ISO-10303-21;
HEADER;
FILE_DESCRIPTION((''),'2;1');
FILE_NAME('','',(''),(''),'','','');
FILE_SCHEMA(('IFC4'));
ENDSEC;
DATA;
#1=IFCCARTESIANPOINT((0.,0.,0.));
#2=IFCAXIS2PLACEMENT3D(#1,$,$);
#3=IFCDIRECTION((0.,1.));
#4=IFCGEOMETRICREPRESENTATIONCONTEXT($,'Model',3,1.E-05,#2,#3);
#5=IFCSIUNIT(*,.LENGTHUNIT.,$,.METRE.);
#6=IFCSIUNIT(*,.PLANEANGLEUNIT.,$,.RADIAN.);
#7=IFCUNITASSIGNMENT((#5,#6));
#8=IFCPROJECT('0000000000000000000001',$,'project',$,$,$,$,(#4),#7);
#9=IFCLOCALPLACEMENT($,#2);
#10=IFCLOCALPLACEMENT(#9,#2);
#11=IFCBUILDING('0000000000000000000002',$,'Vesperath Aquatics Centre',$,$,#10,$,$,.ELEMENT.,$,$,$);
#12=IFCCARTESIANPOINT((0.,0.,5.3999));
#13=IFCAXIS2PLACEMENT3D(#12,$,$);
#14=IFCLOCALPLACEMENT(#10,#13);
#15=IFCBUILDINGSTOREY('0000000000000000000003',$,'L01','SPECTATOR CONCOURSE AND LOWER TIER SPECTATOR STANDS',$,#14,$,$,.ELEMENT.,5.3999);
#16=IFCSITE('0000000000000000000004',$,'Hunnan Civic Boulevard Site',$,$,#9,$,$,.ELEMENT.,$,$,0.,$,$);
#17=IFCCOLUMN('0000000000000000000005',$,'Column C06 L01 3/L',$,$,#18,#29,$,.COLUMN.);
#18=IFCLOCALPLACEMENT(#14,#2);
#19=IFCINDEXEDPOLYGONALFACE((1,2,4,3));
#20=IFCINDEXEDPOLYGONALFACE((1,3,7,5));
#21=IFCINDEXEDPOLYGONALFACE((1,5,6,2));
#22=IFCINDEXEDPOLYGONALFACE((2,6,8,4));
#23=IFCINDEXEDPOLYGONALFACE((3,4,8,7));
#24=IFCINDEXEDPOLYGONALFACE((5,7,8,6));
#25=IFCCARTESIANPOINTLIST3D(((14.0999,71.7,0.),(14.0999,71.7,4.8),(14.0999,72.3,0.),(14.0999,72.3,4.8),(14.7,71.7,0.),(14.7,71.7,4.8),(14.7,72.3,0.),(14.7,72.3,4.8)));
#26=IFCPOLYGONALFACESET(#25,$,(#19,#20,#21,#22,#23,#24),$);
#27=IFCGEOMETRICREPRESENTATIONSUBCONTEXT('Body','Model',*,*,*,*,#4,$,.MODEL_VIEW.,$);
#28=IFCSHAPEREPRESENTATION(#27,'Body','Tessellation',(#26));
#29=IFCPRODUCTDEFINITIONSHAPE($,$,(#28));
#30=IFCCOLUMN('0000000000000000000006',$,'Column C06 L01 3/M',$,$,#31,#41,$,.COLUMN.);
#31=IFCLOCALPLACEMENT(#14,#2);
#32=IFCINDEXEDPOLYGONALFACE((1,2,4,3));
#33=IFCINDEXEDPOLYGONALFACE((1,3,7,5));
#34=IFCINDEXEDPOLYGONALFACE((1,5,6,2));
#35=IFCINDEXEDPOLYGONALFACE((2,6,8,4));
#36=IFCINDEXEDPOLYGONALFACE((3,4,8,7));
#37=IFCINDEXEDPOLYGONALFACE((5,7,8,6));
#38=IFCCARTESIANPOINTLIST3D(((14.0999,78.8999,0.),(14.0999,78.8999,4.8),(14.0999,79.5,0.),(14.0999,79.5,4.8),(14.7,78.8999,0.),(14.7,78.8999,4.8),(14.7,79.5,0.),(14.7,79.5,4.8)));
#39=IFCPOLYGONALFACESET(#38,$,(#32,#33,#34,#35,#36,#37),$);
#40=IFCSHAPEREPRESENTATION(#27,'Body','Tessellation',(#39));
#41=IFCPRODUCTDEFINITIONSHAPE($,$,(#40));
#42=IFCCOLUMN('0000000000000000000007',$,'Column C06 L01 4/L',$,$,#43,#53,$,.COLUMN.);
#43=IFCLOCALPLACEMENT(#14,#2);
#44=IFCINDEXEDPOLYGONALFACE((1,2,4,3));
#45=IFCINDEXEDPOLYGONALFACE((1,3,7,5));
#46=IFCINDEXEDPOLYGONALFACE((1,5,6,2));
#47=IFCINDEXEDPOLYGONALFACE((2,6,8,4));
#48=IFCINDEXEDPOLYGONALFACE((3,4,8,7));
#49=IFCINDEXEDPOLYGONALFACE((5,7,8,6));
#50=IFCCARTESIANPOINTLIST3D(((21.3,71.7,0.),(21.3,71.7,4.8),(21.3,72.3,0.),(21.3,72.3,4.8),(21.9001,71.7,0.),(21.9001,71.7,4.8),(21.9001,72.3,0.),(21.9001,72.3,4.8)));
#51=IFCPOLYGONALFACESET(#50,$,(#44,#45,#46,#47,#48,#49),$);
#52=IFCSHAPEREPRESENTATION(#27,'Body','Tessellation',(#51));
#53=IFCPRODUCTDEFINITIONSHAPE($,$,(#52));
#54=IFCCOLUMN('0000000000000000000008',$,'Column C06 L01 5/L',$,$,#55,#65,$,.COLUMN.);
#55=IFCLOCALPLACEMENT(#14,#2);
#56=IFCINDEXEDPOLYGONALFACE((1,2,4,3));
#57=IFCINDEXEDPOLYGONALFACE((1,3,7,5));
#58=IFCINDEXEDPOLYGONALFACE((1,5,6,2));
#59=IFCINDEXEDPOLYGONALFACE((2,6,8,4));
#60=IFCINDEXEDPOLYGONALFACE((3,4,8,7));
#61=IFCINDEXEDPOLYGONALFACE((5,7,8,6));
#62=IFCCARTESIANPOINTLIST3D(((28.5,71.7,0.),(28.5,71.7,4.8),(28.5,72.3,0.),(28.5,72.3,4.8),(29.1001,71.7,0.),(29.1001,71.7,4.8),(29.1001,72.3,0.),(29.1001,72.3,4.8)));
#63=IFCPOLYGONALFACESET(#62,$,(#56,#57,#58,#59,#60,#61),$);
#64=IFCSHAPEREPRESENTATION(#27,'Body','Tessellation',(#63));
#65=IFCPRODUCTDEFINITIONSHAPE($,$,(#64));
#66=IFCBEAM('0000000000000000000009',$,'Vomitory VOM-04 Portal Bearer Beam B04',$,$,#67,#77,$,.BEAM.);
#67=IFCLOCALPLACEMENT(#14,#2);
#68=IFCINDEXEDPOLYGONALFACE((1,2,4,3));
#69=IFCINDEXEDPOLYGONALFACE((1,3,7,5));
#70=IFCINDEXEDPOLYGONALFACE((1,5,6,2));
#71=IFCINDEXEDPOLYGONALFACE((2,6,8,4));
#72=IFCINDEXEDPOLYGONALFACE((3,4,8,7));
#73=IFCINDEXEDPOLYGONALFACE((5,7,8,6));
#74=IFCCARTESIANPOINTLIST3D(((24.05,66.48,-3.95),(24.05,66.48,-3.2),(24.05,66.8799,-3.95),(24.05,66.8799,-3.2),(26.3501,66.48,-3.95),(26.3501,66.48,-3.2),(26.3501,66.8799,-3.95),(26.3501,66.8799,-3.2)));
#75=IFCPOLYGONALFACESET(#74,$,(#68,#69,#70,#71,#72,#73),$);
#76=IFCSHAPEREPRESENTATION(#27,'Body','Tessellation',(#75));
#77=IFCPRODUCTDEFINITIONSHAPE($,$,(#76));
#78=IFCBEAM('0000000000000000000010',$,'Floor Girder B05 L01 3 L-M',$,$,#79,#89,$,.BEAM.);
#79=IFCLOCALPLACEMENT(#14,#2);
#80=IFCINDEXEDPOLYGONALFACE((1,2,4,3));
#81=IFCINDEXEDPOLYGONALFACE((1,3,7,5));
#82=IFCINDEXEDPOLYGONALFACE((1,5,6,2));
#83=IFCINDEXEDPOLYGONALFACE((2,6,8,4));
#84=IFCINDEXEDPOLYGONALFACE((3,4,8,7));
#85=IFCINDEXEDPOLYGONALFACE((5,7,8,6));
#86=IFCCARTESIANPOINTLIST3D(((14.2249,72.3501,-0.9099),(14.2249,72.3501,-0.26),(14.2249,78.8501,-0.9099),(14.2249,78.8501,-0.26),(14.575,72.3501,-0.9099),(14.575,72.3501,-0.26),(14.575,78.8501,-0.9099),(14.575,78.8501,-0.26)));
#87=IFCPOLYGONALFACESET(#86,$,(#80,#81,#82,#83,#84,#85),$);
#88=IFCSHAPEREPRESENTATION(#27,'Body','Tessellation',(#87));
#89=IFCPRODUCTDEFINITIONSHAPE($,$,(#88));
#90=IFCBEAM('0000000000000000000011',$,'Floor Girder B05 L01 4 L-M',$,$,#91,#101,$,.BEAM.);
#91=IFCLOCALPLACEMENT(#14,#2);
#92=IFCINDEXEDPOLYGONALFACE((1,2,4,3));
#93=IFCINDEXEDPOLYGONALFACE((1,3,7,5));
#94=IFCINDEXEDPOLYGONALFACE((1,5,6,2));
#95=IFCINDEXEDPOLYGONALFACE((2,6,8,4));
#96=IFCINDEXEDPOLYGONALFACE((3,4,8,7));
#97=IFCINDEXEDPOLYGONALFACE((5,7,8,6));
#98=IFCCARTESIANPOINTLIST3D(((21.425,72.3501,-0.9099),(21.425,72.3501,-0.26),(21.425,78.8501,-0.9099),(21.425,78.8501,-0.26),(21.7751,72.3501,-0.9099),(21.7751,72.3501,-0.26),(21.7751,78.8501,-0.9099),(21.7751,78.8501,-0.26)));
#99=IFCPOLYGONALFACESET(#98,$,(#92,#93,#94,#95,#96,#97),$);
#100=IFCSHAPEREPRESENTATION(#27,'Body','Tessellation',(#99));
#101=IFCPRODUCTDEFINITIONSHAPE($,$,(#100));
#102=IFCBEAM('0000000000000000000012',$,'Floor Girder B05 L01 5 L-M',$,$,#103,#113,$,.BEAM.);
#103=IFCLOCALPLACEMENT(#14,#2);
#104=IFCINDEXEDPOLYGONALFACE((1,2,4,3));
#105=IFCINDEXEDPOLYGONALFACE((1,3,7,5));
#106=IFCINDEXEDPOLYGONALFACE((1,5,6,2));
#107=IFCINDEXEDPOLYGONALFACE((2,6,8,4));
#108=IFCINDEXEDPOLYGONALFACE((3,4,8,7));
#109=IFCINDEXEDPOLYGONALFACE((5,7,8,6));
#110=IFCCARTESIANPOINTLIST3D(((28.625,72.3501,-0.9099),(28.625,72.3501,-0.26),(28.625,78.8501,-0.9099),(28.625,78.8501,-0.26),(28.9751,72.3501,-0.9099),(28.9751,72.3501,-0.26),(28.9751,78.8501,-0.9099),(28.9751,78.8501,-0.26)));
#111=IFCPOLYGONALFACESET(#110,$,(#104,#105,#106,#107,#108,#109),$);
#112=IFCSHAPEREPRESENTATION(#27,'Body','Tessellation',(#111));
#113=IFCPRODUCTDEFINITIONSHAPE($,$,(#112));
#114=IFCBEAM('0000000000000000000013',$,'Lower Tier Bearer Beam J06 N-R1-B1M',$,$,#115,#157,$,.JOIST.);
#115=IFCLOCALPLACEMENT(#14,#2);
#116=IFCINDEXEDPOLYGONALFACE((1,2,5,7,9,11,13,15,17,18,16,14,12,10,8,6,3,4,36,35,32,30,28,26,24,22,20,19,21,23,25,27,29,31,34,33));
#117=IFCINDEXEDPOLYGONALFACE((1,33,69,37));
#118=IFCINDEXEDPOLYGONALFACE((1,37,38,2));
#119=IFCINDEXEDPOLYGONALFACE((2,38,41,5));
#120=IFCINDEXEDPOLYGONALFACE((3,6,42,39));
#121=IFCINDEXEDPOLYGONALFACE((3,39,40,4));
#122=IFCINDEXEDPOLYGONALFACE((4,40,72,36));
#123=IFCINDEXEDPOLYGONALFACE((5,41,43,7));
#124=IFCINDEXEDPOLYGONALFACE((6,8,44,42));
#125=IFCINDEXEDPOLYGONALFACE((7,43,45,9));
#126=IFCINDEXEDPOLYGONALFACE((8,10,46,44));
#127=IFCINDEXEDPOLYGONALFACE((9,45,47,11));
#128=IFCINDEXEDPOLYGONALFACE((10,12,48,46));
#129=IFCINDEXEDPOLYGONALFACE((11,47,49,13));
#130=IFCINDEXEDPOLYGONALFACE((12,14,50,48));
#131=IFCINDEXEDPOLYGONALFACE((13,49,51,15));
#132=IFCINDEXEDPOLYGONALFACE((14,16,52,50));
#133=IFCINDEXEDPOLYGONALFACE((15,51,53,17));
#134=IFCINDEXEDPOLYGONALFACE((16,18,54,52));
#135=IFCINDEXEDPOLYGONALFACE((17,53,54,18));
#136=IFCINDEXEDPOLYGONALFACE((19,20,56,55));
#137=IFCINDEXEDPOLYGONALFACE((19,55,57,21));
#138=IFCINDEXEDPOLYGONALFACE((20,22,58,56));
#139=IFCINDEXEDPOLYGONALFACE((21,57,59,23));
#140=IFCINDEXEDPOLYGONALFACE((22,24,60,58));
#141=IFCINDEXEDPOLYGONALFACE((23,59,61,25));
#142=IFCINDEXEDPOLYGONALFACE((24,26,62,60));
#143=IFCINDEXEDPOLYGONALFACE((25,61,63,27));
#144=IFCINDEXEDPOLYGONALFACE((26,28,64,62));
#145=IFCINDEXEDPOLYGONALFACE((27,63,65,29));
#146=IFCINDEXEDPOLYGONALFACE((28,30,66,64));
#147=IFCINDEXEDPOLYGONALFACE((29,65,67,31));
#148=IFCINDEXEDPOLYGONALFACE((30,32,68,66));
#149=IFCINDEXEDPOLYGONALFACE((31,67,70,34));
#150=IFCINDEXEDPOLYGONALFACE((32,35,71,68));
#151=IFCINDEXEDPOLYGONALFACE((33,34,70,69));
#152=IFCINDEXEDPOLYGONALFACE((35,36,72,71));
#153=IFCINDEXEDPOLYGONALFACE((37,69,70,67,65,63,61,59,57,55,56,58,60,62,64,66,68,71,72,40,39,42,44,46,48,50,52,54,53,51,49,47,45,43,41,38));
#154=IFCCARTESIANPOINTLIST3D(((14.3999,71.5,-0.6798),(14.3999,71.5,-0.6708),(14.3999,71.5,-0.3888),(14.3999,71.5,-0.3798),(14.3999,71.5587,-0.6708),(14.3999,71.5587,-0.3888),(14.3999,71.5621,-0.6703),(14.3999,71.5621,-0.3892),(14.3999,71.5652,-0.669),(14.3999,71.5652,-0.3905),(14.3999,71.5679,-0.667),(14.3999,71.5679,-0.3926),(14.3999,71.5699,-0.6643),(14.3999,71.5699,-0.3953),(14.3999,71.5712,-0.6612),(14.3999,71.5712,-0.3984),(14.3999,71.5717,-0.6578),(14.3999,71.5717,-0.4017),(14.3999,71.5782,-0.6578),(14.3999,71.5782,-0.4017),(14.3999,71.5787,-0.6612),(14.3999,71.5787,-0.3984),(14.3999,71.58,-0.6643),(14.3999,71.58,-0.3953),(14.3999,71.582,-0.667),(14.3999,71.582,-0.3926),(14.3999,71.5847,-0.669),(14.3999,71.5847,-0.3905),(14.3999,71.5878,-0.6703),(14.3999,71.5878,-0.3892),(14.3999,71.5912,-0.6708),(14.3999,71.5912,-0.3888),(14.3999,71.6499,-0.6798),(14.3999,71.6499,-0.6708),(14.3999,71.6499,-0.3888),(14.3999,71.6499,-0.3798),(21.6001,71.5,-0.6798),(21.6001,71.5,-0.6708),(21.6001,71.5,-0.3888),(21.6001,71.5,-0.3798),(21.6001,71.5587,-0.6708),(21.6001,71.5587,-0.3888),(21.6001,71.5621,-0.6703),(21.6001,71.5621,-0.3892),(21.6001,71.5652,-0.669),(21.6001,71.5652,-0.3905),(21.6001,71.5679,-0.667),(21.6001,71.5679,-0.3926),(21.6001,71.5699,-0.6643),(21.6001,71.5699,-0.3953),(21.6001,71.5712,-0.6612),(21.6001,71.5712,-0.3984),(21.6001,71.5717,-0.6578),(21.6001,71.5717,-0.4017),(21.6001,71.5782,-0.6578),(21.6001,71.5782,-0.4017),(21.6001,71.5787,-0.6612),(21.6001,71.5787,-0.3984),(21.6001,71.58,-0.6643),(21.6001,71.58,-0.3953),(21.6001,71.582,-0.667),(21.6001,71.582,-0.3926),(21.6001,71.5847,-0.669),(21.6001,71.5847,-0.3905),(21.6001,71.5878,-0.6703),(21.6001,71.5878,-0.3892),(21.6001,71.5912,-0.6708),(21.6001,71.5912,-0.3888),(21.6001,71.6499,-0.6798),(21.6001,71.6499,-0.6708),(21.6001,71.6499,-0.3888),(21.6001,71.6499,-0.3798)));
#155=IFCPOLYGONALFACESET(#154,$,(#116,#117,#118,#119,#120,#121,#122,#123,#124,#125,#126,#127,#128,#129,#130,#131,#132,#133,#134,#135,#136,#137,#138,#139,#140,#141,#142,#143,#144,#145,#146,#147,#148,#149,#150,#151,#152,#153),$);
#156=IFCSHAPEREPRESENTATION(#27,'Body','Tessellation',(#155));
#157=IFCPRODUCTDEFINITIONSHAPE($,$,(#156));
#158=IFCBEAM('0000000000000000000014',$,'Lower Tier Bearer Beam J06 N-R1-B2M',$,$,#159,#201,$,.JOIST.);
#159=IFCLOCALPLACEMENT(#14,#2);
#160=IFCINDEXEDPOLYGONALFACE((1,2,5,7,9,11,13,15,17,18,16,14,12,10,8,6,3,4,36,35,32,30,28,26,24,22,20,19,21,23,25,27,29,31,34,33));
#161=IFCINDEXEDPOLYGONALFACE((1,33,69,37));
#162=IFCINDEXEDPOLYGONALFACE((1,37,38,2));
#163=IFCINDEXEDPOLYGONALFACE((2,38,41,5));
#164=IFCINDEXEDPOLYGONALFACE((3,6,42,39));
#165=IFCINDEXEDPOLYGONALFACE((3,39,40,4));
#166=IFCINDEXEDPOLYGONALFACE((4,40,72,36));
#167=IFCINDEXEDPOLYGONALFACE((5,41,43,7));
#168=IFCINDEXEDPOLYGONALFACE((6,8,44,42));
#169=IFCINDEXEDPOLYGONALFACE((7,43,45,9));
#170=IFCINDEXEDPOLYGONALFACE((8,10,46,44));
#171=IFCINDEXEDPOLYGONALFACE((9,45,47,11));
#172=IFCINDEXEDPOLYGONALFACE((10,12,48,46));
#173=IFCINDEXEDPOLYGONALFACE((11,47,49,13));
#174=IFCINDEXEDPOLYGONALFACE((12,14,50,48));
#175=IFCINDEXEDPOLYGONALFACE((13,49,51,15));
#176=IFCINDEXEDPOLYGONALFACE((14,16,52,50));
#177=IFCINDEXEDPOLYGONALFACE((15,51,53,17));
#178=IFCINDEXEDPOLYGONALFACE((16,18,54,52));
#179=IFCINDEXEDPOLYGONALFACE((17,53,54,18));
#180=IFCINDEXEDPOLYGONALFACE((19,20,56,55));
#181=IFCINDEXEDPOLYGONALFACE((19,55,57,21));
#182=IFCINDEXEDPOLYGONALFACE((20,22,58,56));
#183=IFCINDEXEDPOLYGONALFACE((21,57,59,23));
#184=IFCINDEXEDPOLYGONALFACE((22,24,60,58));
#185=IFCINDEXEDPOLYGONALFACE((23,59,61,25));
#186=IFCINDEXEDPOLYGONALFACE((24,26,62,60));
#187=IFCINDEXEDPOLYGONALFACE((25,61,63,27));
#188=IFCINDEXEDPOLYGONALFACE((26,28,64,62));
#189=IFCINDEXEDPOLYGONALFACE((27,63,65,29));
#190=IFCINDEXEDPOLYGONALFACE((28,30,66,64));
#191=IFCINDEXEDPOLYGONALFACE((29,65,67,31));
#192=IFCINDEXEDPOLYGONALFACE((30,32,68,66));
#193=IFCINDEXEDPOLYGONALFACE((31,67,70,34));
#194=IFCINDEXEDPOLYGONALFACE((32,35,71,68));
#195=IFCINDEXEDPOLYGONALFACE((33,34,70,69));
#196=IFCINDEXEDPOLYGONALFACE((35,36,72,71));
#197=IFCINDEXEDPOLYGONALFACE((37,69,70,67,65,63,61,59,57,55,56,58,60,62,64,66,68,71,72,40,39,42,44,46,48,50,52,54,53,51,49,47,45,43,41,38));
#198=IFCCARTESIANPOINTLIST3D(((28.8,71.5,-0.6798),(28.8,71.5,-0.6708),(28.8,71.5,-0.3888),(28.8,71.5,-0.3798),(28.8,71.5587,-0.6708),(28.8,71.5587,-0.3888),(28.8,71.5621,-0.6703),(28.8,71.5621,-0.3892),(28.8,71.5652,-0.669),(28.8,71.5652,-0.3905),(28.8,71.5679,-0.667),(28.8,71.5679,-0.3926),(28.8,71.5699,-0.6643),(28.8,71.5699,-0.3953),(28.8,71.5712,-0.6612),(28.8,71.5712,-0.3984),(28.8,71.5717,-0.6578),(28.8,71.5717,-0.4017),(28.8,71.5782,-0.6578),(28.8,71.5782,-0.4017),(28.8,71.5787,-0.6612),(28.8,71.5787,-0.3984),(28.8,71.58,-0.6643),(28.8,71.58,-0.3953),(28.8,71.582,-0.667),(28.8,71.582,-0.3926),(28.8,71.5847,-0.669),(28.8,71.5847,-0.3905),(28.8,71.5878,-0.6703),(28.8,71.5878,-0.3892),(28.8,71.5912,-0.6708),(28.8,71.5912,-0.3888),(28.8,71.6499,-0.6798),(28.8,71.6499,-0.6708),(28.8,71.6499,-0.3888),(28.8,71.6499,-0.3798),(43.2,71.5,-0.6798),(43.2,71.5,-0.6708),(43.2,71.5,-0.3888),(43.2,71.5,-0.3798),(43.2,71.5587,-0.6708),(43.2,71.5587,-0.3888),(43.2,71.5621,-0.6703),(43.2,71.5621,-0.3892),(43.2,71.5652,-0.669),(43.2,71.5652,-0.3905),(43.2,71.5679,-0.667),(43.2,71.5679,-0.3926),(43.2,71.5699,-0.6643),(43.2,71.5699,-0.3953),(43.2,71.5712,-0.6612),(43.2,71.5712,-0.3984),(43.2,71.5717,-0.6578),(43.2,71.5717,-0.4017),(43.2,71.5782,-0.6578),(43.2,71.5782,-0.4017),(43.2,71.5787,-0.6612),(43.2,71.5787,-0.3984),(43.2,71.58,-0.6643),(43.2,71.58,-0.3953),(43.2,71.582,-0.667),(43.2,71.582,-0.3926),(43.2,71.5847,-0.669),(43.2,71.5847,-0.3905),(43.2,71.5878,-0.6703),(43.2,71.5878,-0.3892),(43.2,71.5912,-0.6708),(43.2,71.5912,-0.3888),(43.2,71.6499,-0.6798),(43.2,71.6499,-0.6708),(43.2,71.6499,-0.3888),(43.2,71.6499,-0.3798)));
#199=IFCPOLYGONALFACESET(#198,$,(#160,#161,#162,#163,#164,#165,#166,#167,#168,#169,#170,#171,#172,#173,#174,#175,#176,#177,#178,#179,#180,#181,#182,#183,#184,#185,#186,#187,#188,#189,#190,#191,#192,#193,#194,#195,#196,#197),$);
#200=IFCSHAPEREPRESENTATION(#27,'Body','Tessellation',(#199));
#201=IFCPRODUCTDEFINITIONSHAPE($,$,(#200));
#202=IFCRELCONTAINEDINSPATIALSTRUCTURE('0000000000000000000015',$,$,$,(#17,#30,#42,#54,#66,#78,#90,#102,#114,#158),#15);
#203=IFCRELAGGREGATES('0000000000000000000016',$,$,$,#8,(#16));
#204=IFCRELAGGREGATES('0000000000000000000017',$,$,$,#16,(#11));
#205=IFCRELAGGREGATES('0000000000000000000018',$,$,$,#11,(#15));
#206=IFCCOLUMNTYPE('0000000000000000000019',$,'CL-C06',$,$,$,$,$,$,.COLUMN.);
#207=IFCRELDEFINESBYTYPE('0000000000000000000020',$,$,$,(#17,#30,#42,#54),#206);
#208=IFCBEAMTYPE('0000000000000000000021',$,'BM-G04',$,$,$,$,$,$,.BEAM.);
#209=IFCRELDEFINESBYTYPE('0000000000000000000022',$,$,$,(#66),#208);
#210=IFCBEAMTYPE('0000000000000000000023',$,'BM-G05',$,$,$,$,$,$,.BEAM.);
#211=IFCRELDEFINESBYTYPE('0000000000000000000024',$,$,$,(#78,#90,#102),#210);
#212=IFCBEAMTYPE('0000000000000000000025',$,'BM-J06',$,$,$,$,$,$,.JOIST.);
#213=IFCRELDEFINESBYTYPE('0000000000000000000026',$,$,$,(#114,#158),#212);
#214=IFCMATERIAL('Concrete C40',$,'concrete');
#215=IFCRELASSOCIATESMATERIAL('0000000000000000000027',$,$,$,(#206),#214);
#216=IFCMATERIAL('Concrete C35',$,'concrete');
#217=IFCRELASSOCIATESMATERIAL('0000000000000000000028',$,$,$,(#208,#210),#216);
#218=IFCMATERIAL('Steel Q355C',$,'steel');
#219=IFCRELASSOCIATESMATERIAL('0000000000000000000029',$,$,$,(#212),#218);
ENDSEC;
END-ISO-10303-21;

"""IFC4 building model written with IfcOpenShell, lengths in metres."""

from ifc_helpers import new_model, si_unit, direction, frame, origin, origin_2d, place, context, subcontext, project, spatial, rectangle, i_section, extrude, material, material_profile, profile_set, type_object, element, save


model = new_model("IFC4")

# Units and contexts
model_context = context("Model", 3, precision=1e-05, world=origin(), true_north=direction((0.0, 1.0)))
body_context = subcontext(model_context, "Body", "Model", "MODEL_VIEW")
ifc_project = project(units=[si_unit("LENGTHUNIT", "METRE"), si_unit("PLANEANGLEUNIT", "RADIAN")], contexts=[model_context])

# Site, building, storey
site_placement = place(None, origin())
site = spatial("IfcSite", under=ifc_project, at=site_placement, Name="Hunnan Civic Boulevard Site", CompositionType="ELEMENT", RefElevation=0.0)
building_placement = place(site_placement, origin())
building = spatial("IfcBuilding", under=site, at=building_placement, Name="Vesperath Aquatics Centre", CompositionType="ELEMENT")
storey_placement = place(building_placement, frame((0.0, 0.0, 5.3999)))
storey = spatial("IfcBuildingStorey", under=building, at=storey_placement, Name="L01", Description="SPECTATOR CONCOURSE AND LOWER TIER SPECTATOR STANDS", CompositionType="ELEMENT", Elevation=5.3999)

# Columns
ifc_material_1 = material(Name="Concrete C40", Category="concrete")
ifc_material_profile_1 = material_profile(ifc_material_1, rectangle(XDim=0.6001, YDim=0.6001, at=origin_2d()), Name="RC 600x600")
ifc_profile_set_1 = profile_set([ifc_material_profile_1], Name="Concrete C40")
column_type = type_object("IfcColumnType", Name="CL-C06", PredefinedType="COLUMN", material=ifc_profile_set_1)
for number, where, z_axis, x_axis, name in (
    (1, (14.3999, 72.0, 0.0), (0.0, 0.0, 1.0), (1.0, 0.0, 0.0), "Column C06 L01 3/L"),
    (2, (14.3999, 79.2, 0.0), (0.0, 0.0, 1.0), (1.0, 0.0, 0.0), "Column C06 L01 3/M"),
    (3, (21.6001, 72.0, 0.0), (0.0, 0.0, 1.0), (1.0, 0.0, 0.0), "Column C06 L01 4/L"),
    (4, (28.8, 72.0, 0.0), (0.0, 0.0, 1.0), (1.0, 0.0, 0.0), "Column C06 L01 5/L"),
):
    element("IfcColumn", number, at=place(storey_placement, frame(where, z_axis=z_axis, x_axis=x_axis)), inside=storey, type_object=column_type, Name=name, PredefinedType="COLUMN", context=body_context, shape_type="SweptSolid", body=[
        extrude(rectangle(XDim=0.6001, YDim=0.6001, at=origin_2d()), origin(), (0.0, 0.0, 1.0), 4.8),
    ])

# Beams
ifc_material_2 = material(Name="Concrete C35", Category="concrete")
ifc_material_profile_2 = material_profile(ifc_material_2, rectangle(XDim=0.3999, YDim=0.75, at=origin_2d()), Name="RC 400x750")
ifc_profile_set_2 = profile_set([ifc_material_profile_2], Name="Concrete C35")
beam_type_1 = type_object("IfcBeamType", Name="BM-G04", PredefinedType="BEAM", material=ifc_profile_set_2)
beam_1_placement = place(storey_placement, frame((24.05, 66.6799, -3.575), z_axis=(1.0, 0.0, 0.0), x_axis=(0.0, 1.0, 0.0)))
element("IfcBeam", 5, at=beam_1_placement, inside=storey, type_object=beam_type_1, Name="Vomitory VOM-04 Portal Bearer Beam B04", PredefinedType="BEAM", context=body_context, shape_type="SweptSolid", body=[
    extrude(rectangle(XDim=0.3999, YDim=0.75, at=origin_2d()), origin(), (0.0, 0.0, 1.0), 2.3),
])
ifc_material_profile_3 = material_profile(ifc_material_2, rectangle(XDim=0.3501, YDim=0.6499, at=origin_2d()), Name="RC 350x650")
ifc_profile_set_3 = profile_set([ifc_material_profile_3], Name="Concrete C35")
beam_type_2 = type_object("IfcBeamType", Name="BM-G05", PredefinedType="BEAM", material=ifc_profile_set_3)
for number, where, z_axis, x_axis, name in (
    (6, (14.3999, 72.3501, -0.585), (0.0, 1.0, 0.0), (-1.0, 0.0, 0.0), "Floor Girder B05 L01 3 L-M"),
    (7, (21.6001, 72.3501, -0.585), (0.0, 1.0, 0.0), (-1.0, 0.0, 0.0), "Floor Girder B05 L01 4 L-M"),
    (8, (28.8, 72.3501, -0.585), (0.0, 1.0, 0.0), (-1.0, 0.0, 0.0), "Floor Girder B05 L01 5 L-M"),
):
    element("IfcBeam", number, at=place(storey_placement, frame(where, z_axis=z_axis, x_axis=x_axis)), inside=storey, type_object=beam_type_2, Name=name, PredefinedType="BEAM", context=body_context, shape_type="SweptSolid", body=[
        extrude(rectangle(XDim=0.3501, YDim=0.6499, at=origin_2d()), origin(), (0.0, 0.0, 1.0), 6.5),
    ])
ifc_material_3 = material(Name="Steel Q355C", Category="steel")
ifc_material_profile_4 = material_profile(ifc_material_3, i_section(OverallWidth=0.1499, OverallDepth=0.3, WebThickness=0.0066, FlangeThickness=0.009, FilletRadius=0.0129, at=origin_2d()), Name="HN 300x150x6.5x9")
ifc_profile_set_4 = profile_set([ifc_material_profile_4], Name="Steel Q355C")
beam_type_3 = type_object("IfcBeamType", Name="BM-J06", PredefinedType="JOIST", material=ifc_profile_set_4)
beam_2_placement = place(storey_placement, frame((14.3999, 71.575, -0.5298), z_axis=(1.0, 0.0, 0.0), x_axis=(0.0, 1.0, 0.0)))
element("IfcBeam", 9, at=beam_2_placement, inside=storey, type_object=beam_type_3, Name="Lower Tier Bearer Beam J06 N-R1-B1M", PredefinedType="JOIST", context=body_context, shape_type="SweptSolid", body=[
    extrude(i_section(OverallWidth=0.1499, OverallDepth=0.3, WebThickness=0.0066, FlangeThickness=0.009, FilletRadius=0.0129, at=origin_2d()), origin(), (0.0, 0.0, 1.0), 7.2002),
])
beam_3_placement = place(storey_placement, frame((28.8, 71.575, -0.5298), z_axis=(1.0, 0.0, 0.0), x_axis=(0.0, 1.0, 0.0)))
element("IfcBeam", 10, at=beam_3_placement, inside=storey, type_object=beam_type_3, Name="Lower Tier Bearer Beam J06 N-R1-B2M", PredefinedType="JOIST", context=body_context, shape_type="SweptSolid", body=[
    extrude(i_section(OverallWidth=0.1499, OverallDepth=0.3, WebThickness=0.0066, FlangeThickness=0.009, FilletRadius=0.0129, at=origin_2d()), origin(), (0.0, 0.0, 1.0), 14.3999),
])

save(model, "model.ifc")
